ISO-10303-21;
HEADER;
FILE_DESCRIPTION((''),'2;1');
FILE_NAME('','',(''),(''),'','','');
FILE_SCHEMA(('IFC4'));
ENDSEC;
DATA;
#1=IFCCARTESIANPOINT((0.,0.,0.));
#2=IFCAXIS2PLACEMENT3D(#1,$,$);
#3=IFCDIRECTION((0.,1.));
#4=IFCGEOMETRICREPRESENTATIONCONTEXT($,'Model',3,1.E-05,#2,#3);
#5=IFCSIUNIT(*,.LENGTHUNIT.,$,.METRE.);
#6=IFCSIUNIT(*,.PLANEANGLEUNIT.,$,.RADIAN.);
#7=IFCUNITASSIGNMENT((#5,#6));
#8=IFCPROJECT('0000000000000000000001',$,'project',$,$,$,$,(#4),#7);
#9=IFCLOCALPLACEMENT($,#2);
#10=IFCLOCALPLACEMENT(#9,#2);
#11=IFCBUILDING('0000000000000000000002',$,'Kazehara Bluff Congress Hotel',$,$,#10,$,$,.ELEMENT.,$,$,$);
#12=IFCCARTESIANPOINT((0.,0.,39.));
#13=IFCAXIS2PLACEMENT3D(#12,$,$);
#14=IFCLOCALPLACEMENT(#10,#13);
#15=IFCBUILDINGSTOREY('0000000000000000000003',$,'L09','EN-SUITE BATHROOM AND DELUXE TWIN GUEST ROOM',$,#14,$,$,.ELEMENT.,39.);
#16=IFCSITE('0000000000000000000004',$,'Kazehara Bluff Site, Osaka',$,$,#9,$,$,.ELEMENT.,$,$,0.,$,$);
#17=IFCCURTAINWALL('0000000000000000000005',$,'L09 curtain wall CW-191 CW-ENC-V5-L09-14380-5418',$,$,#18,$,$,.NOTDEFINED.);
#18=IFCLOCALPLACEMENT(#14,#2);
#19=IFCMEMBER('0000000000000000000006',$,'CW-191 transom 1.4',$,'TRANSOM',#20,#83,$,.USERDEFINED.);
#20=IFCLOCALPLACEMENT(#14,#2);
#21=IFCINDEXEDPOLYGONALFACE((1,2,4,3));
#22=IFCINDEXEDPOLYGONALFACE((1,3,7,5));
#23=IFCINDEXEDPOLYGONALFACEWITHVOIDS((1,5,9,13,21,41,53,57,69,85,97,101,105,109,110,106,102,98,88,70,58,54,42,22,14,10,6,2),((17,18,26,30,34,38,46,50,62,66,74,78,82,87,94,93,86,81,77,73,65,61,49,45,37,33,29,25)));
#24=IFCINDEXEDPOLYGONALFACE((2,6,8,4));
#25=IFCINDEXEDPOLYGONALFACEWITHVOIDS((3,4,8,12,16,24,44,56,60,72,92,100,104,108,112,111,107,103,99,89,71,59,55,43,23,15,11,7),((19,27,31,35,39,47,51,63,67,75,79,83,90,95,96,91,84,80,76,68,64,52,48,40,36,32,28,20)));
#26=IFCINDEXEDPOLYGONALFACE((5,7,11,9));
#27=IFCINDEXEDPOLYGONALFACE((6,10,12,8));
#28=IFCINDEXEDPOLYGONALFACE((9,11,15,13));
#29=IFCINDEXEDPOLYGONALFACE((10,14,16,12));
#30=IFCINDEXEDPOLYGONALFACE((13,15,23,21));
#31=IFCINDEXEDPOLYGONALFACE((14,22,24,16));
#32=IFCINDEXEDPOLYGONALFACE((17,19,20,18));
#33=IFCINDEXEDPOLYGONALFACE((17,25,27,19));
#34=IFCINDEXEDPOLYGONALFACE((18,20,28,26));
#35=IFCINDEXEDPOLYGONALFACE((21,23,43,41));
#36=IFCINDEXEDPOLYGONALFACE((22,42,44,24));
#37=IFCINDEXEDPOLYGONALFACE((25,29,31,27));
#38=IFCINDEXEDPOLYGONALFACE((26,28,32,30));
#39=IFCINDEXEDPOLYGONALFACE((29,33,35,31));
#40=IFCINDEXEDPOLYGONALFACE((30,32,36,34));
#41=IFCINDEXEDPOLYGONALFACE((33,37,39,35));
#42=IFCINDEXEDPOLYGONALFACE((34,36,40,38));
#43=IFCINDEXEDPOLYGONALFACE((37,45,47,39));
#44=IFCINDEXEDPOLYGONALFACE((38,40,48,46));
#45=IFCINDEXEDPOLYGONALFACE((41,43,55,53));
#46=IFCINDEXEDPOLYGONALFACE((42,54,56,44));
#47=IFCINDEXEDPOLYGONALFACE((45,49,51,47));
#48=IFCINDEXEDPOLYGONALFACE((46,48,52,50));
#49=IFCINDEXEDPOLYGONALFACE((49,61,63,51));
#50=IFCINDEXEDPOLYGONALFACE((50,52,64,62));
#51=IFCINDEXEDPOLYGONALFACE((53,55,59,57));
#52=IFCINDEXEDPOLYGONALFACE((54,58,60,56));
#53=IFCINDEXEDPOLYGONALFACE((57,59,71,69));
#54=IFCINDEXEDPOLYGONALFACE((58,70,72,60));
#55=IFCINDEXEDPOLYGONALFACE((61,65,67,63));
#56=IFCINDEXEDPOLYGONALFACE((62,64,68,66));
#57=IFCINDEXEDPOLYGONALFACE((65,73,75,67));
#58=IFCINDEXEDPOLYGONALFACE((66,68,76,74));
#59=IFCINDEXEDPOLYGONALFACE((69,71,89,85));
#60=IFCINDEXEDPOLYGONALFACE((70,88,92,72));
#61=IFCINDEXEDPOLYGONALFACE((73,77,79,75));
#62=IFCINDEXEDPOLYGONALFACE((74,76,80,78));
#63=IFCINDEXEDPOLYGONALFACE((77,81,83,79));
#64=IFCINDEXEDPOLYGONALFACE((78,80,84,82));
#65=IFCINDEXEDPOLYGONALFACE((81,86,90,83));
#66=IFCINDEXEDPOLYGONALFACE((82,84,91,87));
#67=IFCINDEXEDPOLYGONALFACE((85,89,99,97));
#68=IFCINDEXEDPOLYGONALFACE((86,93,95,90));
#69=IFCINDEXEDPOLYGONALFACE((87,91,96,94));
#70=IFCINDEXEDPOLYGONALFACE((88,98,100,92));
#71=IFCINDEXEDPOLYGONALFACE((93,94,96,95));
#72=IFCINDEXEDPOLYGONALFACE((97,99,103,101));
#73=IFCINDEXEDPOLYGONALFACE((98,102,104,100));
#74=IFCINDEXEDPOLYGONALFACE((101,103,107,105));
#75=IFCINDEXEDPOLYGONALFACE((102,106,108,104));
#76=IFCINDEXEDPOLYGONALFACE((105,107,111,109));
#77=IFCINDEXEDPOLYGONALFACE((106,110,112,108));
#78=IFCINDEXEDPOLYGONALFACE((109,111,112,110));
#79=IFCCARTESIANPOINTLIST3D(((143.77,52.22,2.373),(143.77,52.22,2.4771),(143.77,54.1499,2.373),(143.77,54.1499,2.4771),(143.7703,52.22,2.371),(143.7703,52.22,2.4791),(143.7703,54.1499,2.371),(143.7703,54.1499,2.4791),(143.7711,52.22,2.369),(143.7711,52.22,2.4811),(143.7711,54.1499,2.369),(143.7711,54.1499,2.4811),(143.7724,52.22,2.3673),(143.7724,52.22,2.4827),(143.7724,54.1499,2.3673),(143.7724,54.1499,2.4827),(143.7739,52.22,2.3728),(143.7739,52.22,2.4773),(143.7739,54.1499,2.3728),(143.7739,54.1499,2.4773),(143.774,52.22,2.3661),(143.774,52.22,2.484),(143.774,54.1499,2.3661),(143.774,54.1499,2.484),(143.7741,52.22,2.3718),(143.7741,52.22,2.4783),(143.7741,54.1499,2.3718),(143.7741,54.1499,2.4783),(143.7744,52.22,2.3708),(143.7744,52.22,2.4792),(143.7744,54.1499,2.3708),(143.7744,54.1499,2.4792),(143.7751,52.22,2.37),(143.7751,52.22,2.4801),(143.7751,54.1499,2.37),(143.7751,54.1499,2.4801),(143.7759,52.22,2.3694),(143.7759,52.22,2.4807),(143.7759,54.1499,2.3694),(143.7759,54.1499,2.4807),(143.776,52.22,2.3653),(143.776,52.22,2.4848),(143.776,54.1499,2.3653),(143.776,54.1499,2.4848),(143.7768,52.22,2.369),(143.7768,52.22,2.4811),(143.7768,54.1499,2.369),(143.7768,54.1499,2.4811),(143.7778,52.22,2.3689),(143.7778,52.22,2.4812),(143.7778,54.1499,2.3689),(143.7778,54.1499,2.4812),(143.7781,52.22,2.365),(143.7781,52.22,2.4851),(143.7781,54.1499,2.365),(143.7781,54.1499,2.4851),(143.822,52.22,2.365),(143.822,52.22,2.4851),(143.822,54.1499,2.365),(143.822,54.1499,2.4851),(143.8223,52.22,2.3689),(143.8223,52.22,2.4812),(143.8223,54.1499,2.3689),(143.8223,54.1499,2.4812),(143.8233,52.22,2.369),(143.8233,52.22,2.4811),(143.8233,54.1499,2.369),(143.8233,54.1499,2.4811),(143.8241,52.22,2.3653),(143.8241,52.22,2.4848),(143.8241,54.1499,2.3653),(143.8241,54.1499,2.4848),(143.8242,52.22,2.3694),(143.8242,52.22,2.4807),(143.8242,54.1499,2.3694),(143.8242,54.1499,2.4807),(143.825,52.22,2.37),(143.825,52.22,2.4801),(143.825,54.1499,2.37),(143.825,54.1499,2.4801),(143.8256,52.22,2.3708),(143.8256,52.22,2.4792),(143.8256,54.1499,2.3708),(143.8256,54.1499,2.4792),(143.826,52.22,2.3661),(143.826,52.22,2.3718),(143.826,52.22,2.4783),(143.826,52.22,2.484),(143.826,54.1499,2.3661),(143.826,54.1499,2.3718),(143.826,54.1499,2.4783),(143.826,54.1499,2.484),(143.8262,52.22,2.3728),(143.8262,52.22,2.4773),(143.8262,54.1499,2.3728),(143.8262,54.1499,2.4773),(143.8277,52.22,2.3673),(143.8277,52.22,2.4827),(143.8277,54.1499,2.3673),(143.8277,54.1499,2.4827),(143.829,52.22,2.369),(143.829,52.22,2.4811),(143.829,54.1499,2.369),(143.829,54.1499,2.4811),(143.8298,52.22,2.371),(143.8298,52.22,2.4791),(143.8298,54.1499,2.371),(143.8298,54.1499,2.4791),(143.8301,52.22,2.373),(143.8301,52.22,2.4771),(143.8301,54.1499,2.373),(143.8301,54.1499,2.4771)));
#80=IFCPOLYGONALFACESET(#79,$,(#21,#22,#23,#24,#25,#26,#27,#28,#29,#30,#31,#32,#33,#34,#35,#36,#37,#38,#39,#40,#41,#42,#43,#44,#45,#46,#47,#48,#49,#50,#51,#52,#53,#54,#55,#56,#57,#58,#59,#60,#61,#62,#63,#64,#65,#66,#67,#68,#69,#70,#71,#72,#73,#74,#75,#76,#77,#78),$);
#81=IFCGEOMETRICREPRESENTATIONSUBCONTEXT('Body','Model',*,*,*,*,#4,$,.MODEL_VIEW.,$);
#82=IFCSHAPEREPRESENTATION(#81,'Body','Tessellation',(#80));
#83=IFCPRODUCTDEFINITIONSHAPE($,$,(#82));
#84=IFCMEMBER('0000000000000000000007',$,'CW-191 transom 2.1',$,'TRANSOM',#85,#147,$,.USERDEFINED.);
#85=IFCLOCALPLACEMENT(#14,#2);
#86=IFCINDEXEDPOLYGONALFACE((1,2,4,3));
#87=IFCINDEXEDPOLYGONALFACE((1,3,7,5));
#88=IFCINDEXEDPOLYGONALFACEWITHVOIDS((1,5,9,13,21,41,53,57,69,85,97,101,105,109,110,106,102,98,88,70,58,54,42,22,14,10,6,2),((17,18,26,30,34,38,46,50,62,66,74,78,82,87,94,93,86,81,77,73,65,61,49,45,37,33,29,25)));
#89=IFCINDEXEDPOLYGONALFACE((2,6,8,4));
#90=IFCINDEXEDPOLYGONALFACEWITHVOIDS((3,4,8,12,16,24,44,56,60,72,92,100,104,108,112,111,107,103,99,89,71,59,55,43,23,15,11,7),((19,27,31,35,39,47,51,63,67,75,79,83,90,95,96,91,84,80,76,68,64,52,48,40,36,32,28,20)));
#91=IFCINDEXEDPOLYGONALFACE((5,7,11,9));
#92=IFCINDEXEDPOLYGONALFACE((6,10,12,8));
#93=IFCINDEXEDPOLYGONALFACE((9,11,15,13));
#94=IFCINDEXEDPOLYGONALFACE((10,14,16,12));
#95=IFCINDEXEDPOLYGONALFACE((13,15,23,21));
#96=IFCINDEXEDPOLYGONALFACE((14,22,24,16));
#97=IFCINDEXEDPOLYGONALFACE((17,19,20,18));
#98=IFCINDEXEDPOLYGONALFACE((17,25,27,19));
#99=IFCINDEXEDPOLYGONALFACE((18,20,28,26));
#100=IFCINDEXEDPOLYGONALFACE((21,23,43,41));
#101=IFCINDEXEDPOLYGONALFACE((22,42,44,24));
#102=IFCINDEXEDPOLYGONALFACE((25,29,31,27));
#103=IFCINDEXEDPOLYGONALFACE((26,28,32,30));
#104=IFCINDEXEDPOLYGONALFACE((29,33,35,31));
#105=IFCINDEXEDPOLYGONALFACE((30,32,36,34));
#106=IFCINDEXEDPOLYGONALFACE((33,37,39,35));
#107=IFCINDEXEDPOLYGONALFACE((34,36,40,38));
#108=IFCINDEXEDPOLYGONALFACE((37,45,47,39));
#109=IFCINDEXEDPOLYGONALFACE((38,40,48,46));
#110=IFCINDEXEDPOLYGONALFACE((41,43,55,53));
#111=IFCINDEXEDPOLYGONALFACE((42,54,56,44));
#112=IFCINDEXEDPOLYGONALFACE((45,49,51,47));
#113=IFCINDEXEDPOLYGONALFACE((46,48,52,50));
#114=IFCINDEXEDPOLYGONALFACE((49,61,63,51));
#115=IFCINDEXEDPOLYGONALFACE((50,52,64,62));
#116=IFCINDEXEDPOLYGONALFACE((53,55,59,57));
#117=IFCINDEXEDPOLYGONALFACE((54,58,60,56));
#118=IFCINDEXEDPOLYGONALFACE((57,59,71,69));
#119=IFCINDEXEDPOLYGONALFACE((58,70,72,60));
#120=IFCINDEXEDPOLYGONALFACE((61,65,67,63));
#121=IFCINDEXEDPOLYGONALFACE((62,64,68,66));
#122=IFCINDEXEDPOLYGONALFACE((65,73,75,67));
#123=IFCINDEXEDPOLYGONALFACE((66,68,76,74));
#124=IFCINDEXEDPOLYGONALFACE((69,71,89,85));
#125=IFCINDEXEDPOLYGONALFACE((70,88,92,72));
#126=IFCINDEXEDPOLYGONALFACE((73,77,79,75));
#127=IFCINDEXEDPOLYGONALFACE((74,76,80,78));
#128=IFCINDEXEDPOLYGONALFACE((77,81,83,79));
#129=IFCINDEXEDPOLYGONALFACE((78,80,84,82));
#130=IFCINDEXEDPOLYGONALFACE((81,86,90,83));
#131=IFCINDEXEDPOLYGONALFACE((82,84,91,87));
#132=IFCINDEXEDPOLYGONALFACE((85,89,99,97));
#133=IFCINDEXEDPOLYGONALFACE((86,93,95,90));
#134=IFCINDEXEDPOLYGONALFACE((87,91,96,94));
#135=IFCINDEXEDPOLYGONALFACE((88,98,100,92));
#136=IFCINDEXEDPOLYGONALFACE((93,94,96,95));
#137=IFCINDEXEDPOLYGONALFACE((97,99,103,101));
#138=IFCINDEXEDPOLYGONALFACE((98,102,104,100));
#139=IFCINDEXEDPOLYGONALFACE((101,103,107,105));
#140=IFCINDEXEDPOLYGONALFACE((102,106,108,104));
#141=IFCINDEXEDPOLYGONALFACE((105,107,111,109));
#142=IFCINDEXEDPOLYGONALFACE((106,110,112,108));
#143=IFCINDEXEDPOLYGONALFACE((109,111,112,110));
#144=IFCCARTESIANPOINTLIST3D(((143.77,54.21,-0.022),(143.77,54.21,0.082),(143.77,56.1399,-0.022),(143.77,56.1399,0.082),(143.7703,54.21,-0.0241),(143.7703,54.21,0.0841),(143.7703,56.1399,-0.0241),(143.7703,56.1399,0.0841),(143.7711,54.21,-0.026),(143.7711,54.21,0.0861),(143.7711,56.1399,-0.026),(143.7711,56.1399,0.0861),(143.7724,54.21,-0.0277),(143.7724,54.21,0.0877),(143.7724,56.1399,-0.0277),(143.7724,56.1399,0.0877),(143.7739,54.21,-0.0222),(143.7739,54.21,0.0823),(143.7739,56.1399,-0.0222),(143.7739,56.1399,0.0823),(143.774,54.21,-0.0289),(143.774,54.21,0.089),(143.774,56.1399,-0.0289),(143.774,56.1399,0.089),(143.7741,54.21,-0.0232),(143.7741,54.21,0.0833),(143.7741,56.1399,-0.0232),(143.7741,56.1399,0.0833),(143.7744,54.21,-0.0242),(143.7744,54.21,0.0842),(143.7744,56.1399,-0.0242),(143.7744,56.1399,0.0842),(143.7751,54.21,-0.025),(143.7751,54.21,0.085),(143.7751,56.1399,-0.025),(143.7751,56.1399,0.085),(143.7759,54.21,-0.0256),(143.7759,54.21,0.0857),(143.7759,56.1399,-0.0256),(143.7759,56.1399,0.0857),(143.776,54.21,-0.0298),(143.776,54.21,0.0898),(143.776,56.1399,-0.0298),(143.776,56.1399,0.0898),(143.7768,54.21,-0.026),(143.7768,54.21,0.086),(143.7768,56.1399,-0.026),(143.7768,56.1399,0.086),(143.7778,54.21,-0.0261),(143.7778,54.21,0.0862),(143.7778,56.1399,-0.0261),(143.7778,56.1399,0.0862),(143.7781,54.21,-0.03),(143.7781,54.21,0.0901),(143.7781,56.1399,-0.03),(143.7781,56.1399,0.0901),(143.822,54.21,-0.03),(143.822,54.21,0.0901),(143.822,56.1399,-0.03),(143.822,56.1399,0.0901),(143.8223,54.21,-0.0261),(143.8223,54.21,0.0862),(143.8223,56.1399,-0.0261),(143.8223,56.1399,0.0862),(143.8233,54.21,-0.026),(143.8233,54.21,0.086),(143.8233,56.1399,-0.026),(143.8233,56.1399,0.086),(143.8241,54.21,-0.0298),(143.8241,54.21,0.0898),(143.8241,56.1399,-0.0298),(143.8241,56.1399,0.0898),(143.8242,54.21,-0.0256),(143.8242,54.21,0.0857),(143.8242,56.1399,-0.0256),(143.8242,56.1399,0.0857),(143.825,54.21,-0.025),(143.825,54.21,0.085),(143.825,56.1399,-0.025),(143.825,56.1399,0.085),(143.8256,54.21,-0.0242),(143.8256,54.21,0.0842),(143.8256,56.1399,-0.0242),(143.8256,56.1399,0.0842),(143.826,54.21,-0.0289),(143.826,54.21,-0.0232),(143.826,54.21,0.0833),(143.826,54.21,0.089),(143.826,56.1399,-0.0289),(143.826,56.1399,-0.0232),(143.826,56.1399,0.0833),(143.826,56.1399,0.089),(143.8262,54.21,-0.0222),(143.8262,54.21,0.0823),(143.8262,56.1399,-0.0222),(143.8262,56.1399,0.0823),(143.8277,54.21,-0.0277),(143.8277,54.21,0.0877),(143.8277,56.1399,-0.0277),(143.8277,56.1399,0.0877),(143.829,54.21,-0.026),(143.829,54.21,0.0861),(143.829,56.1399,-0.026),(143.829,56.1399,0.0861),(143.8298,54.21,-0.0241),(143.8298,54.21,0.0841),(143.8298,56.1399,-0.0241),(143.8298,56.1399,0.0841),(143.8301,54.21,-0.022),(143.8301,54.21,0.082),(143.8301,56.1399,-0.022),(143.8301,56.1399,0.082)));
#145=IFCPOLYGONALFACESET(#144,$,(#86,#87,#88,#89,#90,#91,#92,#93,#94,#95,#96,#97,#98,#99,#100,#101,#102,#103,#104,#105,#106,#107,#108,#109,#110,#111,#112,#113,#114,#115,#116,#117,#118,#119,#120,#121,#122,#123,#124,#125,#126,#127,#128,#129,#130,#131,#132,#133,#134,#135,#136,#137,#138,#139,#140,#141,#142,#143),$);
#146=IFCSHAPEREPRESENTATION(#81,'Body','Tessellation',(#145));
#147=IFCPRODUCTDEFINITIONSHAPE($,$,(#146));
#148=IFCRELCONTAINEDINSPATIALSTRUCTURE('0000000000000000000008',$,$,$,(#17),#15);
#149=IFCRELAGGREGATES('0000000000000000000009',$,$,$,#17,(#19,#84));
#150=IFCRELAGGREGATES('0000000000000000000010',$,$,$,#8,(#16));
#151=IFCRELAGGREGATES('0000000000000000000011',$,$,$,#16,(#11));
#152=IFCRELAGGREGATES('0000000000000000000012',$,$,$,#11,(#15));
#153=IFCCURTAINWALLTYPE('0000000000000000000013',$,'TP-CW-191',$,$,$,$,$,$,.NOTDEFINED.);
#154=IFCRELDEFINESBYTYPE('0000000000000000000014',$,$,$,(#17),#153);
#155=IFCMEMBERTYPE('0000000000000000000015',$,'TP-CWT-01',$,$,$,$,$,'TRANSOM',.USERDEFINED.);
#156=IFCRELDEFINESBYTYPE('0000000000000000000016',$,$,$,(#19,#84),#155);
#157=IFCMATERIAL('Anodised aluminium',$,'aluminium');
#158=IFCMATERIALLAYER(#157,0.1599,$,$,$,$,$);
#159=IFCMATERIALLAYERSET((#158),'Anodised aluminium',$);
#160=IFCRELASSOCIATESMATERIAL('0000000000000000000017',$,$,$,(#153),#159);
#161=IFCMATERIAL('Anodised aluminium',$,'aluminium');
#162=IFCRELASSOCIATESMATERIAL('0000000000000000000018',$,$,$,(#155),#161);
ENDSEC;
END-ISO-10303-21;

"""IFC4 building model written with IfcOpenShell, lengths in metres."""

from ifc_helpers import new_model, si_unit, direction, frame, origin, origin_2d, place, context, subcontext, project, spatial, hollow_rectangle, extrude, material, layer, layer_set, material_profile, profile_set, type_object, element, aggregate, save


model = new_model("IFC4")

# Units and contexts
model_context = context("Model", 3, precision=1e-05, world=origin(), true_north=direction((0.0, 1.0)))
body_context = subcontext(model_context, "Body", "Model", "MODEL_VIEW")
ifc_project = project(units=[si_unit("LENGTHUNIT", "METRE"), si_unit("PLANEANGLEUNIT", "RADIAN")], contexts=[model_context])

# Site, building, storey
site_placement = place(None, origin())
site = spatial("IfcSite", under=ifc_project, at=site_placement, Name="Kazehara Bluff Site, Osaka", CompositionType="ELEMENT", RefElevation=0.0)
building_placement = place(site_placement, origin())
building = spatial("IfcBuilding", under=site, at=building_placement, Name="Kazehara Bluff Congress Hotel", CompositionType="ELEMENT")
storey_placement = place(building_placement, frame((0.0, 0.0, 39.0)))
storey = spatial("IfcBuildingStorey", under=building, at=storey_placement, Name="L09", Description="EN-SUITE BATHROOM AND DELUXE TWIN GUEST ROOM", CompositionType="ELEMENT", Elevation=39.0)

# Curtain wall
ifc_material_1 = material(Name="Anodised aluminium", Category="aluminium")
ifc_layer_1 = layer(ifc_material_1, 0.1599)
ifc_layer_set_1 = layer_set([ifc_layer_1], Name="Anodised aluminium")
curtain_wall_type_1 = type_object("IfcCurtainWallType", Name="TP-CW-191", PredefinedType="NOTDEFINED", material=ifc_layer_set_1)
curtain_wall_1_placement = place(storey_placement, origin())
curtain_wall_1 = element("IfcCurtainWall", 1, at=curtain_wall_1_placement, inside=storey, type_object=curtain_wall_type_1, Name="L09 curtain wall CW-191 CW-ENC-V5-L09-14380-5418", PredefinedType="NOTDEFINED")

# Members
ifc_material_2 = material(Name="Anodised aluminium", Category="aluminium")
ifc_material_profile_1 = material_profile(ifc_material_2, hollow_rectangle(XDim=0.0601, YDim=0.1201, WallThickness=0.0039, InnerFilletRadius=0.0039, OuterFilletRadius=0.0081, at=origin_2d()))
ifc_profile_set_1 = profile_set([ifc_material_profile_1], Name="Anodised aluminium")
member_type_1 = type_object("IfcMemberType", Name="TP-CWT-01", ElementType="TRANSOM", PredefinedType="USERDEFINED", material=ifc_profile_set_1)
member_1_placement = place(storey_placement, frame((143.8, 52.22, 2.425), z_axis=(0.0, 1.0, 0.0), x_axis=(-1.0, 0.0, 0.0)))
member_1 = element("IfcMember", 2, at=member_1_placement, type_object=member_type_1, Name="CW-191 transom 1.4", ObjectType="TRANSOM", PredefinedType="USERDEFINED", context=body_context, shape_type="SweptSolid", body=[
    extrude(hollow_rectangle(XDim=0.0601, YDim=0.1201, WallThickness=0.0039, InnerFilletRadius=0.0039, OuterFilletRadius=0.0081, at=origin_2d()), origin(), (0.0, 0.0, 1.0), 1.9299),
])
member_2_placement = place(storey_placement, frame((143.8, 54.21, 0.03), z_axis=(0.0, 1.0, 0.0), x_axis=(-1.0, 0.0, 0.0)))
member_2 = element("IfcMember", 3, at=member_2_placement, type_object=member_type_1, Name="CW-191 transom 2.1", ObjectType="TRANSOM", PredefinedType="USERDEFINED", context=body_context, shape_type="SweptSolid", body=[
    extrude(hollow_rectangle(XDim=0.0601, YDim=0.1201, WallThickness=0.0039, InnerFilletRadius=0.0039, OuterFilletRadius=0.0081, at=origin_2d()), origin(), (0.0, 0.0, 1.0), 1.9299),
])

aggregate(curtain_wall_1, [member_1, member_2])

save(model, "model.ifc")
